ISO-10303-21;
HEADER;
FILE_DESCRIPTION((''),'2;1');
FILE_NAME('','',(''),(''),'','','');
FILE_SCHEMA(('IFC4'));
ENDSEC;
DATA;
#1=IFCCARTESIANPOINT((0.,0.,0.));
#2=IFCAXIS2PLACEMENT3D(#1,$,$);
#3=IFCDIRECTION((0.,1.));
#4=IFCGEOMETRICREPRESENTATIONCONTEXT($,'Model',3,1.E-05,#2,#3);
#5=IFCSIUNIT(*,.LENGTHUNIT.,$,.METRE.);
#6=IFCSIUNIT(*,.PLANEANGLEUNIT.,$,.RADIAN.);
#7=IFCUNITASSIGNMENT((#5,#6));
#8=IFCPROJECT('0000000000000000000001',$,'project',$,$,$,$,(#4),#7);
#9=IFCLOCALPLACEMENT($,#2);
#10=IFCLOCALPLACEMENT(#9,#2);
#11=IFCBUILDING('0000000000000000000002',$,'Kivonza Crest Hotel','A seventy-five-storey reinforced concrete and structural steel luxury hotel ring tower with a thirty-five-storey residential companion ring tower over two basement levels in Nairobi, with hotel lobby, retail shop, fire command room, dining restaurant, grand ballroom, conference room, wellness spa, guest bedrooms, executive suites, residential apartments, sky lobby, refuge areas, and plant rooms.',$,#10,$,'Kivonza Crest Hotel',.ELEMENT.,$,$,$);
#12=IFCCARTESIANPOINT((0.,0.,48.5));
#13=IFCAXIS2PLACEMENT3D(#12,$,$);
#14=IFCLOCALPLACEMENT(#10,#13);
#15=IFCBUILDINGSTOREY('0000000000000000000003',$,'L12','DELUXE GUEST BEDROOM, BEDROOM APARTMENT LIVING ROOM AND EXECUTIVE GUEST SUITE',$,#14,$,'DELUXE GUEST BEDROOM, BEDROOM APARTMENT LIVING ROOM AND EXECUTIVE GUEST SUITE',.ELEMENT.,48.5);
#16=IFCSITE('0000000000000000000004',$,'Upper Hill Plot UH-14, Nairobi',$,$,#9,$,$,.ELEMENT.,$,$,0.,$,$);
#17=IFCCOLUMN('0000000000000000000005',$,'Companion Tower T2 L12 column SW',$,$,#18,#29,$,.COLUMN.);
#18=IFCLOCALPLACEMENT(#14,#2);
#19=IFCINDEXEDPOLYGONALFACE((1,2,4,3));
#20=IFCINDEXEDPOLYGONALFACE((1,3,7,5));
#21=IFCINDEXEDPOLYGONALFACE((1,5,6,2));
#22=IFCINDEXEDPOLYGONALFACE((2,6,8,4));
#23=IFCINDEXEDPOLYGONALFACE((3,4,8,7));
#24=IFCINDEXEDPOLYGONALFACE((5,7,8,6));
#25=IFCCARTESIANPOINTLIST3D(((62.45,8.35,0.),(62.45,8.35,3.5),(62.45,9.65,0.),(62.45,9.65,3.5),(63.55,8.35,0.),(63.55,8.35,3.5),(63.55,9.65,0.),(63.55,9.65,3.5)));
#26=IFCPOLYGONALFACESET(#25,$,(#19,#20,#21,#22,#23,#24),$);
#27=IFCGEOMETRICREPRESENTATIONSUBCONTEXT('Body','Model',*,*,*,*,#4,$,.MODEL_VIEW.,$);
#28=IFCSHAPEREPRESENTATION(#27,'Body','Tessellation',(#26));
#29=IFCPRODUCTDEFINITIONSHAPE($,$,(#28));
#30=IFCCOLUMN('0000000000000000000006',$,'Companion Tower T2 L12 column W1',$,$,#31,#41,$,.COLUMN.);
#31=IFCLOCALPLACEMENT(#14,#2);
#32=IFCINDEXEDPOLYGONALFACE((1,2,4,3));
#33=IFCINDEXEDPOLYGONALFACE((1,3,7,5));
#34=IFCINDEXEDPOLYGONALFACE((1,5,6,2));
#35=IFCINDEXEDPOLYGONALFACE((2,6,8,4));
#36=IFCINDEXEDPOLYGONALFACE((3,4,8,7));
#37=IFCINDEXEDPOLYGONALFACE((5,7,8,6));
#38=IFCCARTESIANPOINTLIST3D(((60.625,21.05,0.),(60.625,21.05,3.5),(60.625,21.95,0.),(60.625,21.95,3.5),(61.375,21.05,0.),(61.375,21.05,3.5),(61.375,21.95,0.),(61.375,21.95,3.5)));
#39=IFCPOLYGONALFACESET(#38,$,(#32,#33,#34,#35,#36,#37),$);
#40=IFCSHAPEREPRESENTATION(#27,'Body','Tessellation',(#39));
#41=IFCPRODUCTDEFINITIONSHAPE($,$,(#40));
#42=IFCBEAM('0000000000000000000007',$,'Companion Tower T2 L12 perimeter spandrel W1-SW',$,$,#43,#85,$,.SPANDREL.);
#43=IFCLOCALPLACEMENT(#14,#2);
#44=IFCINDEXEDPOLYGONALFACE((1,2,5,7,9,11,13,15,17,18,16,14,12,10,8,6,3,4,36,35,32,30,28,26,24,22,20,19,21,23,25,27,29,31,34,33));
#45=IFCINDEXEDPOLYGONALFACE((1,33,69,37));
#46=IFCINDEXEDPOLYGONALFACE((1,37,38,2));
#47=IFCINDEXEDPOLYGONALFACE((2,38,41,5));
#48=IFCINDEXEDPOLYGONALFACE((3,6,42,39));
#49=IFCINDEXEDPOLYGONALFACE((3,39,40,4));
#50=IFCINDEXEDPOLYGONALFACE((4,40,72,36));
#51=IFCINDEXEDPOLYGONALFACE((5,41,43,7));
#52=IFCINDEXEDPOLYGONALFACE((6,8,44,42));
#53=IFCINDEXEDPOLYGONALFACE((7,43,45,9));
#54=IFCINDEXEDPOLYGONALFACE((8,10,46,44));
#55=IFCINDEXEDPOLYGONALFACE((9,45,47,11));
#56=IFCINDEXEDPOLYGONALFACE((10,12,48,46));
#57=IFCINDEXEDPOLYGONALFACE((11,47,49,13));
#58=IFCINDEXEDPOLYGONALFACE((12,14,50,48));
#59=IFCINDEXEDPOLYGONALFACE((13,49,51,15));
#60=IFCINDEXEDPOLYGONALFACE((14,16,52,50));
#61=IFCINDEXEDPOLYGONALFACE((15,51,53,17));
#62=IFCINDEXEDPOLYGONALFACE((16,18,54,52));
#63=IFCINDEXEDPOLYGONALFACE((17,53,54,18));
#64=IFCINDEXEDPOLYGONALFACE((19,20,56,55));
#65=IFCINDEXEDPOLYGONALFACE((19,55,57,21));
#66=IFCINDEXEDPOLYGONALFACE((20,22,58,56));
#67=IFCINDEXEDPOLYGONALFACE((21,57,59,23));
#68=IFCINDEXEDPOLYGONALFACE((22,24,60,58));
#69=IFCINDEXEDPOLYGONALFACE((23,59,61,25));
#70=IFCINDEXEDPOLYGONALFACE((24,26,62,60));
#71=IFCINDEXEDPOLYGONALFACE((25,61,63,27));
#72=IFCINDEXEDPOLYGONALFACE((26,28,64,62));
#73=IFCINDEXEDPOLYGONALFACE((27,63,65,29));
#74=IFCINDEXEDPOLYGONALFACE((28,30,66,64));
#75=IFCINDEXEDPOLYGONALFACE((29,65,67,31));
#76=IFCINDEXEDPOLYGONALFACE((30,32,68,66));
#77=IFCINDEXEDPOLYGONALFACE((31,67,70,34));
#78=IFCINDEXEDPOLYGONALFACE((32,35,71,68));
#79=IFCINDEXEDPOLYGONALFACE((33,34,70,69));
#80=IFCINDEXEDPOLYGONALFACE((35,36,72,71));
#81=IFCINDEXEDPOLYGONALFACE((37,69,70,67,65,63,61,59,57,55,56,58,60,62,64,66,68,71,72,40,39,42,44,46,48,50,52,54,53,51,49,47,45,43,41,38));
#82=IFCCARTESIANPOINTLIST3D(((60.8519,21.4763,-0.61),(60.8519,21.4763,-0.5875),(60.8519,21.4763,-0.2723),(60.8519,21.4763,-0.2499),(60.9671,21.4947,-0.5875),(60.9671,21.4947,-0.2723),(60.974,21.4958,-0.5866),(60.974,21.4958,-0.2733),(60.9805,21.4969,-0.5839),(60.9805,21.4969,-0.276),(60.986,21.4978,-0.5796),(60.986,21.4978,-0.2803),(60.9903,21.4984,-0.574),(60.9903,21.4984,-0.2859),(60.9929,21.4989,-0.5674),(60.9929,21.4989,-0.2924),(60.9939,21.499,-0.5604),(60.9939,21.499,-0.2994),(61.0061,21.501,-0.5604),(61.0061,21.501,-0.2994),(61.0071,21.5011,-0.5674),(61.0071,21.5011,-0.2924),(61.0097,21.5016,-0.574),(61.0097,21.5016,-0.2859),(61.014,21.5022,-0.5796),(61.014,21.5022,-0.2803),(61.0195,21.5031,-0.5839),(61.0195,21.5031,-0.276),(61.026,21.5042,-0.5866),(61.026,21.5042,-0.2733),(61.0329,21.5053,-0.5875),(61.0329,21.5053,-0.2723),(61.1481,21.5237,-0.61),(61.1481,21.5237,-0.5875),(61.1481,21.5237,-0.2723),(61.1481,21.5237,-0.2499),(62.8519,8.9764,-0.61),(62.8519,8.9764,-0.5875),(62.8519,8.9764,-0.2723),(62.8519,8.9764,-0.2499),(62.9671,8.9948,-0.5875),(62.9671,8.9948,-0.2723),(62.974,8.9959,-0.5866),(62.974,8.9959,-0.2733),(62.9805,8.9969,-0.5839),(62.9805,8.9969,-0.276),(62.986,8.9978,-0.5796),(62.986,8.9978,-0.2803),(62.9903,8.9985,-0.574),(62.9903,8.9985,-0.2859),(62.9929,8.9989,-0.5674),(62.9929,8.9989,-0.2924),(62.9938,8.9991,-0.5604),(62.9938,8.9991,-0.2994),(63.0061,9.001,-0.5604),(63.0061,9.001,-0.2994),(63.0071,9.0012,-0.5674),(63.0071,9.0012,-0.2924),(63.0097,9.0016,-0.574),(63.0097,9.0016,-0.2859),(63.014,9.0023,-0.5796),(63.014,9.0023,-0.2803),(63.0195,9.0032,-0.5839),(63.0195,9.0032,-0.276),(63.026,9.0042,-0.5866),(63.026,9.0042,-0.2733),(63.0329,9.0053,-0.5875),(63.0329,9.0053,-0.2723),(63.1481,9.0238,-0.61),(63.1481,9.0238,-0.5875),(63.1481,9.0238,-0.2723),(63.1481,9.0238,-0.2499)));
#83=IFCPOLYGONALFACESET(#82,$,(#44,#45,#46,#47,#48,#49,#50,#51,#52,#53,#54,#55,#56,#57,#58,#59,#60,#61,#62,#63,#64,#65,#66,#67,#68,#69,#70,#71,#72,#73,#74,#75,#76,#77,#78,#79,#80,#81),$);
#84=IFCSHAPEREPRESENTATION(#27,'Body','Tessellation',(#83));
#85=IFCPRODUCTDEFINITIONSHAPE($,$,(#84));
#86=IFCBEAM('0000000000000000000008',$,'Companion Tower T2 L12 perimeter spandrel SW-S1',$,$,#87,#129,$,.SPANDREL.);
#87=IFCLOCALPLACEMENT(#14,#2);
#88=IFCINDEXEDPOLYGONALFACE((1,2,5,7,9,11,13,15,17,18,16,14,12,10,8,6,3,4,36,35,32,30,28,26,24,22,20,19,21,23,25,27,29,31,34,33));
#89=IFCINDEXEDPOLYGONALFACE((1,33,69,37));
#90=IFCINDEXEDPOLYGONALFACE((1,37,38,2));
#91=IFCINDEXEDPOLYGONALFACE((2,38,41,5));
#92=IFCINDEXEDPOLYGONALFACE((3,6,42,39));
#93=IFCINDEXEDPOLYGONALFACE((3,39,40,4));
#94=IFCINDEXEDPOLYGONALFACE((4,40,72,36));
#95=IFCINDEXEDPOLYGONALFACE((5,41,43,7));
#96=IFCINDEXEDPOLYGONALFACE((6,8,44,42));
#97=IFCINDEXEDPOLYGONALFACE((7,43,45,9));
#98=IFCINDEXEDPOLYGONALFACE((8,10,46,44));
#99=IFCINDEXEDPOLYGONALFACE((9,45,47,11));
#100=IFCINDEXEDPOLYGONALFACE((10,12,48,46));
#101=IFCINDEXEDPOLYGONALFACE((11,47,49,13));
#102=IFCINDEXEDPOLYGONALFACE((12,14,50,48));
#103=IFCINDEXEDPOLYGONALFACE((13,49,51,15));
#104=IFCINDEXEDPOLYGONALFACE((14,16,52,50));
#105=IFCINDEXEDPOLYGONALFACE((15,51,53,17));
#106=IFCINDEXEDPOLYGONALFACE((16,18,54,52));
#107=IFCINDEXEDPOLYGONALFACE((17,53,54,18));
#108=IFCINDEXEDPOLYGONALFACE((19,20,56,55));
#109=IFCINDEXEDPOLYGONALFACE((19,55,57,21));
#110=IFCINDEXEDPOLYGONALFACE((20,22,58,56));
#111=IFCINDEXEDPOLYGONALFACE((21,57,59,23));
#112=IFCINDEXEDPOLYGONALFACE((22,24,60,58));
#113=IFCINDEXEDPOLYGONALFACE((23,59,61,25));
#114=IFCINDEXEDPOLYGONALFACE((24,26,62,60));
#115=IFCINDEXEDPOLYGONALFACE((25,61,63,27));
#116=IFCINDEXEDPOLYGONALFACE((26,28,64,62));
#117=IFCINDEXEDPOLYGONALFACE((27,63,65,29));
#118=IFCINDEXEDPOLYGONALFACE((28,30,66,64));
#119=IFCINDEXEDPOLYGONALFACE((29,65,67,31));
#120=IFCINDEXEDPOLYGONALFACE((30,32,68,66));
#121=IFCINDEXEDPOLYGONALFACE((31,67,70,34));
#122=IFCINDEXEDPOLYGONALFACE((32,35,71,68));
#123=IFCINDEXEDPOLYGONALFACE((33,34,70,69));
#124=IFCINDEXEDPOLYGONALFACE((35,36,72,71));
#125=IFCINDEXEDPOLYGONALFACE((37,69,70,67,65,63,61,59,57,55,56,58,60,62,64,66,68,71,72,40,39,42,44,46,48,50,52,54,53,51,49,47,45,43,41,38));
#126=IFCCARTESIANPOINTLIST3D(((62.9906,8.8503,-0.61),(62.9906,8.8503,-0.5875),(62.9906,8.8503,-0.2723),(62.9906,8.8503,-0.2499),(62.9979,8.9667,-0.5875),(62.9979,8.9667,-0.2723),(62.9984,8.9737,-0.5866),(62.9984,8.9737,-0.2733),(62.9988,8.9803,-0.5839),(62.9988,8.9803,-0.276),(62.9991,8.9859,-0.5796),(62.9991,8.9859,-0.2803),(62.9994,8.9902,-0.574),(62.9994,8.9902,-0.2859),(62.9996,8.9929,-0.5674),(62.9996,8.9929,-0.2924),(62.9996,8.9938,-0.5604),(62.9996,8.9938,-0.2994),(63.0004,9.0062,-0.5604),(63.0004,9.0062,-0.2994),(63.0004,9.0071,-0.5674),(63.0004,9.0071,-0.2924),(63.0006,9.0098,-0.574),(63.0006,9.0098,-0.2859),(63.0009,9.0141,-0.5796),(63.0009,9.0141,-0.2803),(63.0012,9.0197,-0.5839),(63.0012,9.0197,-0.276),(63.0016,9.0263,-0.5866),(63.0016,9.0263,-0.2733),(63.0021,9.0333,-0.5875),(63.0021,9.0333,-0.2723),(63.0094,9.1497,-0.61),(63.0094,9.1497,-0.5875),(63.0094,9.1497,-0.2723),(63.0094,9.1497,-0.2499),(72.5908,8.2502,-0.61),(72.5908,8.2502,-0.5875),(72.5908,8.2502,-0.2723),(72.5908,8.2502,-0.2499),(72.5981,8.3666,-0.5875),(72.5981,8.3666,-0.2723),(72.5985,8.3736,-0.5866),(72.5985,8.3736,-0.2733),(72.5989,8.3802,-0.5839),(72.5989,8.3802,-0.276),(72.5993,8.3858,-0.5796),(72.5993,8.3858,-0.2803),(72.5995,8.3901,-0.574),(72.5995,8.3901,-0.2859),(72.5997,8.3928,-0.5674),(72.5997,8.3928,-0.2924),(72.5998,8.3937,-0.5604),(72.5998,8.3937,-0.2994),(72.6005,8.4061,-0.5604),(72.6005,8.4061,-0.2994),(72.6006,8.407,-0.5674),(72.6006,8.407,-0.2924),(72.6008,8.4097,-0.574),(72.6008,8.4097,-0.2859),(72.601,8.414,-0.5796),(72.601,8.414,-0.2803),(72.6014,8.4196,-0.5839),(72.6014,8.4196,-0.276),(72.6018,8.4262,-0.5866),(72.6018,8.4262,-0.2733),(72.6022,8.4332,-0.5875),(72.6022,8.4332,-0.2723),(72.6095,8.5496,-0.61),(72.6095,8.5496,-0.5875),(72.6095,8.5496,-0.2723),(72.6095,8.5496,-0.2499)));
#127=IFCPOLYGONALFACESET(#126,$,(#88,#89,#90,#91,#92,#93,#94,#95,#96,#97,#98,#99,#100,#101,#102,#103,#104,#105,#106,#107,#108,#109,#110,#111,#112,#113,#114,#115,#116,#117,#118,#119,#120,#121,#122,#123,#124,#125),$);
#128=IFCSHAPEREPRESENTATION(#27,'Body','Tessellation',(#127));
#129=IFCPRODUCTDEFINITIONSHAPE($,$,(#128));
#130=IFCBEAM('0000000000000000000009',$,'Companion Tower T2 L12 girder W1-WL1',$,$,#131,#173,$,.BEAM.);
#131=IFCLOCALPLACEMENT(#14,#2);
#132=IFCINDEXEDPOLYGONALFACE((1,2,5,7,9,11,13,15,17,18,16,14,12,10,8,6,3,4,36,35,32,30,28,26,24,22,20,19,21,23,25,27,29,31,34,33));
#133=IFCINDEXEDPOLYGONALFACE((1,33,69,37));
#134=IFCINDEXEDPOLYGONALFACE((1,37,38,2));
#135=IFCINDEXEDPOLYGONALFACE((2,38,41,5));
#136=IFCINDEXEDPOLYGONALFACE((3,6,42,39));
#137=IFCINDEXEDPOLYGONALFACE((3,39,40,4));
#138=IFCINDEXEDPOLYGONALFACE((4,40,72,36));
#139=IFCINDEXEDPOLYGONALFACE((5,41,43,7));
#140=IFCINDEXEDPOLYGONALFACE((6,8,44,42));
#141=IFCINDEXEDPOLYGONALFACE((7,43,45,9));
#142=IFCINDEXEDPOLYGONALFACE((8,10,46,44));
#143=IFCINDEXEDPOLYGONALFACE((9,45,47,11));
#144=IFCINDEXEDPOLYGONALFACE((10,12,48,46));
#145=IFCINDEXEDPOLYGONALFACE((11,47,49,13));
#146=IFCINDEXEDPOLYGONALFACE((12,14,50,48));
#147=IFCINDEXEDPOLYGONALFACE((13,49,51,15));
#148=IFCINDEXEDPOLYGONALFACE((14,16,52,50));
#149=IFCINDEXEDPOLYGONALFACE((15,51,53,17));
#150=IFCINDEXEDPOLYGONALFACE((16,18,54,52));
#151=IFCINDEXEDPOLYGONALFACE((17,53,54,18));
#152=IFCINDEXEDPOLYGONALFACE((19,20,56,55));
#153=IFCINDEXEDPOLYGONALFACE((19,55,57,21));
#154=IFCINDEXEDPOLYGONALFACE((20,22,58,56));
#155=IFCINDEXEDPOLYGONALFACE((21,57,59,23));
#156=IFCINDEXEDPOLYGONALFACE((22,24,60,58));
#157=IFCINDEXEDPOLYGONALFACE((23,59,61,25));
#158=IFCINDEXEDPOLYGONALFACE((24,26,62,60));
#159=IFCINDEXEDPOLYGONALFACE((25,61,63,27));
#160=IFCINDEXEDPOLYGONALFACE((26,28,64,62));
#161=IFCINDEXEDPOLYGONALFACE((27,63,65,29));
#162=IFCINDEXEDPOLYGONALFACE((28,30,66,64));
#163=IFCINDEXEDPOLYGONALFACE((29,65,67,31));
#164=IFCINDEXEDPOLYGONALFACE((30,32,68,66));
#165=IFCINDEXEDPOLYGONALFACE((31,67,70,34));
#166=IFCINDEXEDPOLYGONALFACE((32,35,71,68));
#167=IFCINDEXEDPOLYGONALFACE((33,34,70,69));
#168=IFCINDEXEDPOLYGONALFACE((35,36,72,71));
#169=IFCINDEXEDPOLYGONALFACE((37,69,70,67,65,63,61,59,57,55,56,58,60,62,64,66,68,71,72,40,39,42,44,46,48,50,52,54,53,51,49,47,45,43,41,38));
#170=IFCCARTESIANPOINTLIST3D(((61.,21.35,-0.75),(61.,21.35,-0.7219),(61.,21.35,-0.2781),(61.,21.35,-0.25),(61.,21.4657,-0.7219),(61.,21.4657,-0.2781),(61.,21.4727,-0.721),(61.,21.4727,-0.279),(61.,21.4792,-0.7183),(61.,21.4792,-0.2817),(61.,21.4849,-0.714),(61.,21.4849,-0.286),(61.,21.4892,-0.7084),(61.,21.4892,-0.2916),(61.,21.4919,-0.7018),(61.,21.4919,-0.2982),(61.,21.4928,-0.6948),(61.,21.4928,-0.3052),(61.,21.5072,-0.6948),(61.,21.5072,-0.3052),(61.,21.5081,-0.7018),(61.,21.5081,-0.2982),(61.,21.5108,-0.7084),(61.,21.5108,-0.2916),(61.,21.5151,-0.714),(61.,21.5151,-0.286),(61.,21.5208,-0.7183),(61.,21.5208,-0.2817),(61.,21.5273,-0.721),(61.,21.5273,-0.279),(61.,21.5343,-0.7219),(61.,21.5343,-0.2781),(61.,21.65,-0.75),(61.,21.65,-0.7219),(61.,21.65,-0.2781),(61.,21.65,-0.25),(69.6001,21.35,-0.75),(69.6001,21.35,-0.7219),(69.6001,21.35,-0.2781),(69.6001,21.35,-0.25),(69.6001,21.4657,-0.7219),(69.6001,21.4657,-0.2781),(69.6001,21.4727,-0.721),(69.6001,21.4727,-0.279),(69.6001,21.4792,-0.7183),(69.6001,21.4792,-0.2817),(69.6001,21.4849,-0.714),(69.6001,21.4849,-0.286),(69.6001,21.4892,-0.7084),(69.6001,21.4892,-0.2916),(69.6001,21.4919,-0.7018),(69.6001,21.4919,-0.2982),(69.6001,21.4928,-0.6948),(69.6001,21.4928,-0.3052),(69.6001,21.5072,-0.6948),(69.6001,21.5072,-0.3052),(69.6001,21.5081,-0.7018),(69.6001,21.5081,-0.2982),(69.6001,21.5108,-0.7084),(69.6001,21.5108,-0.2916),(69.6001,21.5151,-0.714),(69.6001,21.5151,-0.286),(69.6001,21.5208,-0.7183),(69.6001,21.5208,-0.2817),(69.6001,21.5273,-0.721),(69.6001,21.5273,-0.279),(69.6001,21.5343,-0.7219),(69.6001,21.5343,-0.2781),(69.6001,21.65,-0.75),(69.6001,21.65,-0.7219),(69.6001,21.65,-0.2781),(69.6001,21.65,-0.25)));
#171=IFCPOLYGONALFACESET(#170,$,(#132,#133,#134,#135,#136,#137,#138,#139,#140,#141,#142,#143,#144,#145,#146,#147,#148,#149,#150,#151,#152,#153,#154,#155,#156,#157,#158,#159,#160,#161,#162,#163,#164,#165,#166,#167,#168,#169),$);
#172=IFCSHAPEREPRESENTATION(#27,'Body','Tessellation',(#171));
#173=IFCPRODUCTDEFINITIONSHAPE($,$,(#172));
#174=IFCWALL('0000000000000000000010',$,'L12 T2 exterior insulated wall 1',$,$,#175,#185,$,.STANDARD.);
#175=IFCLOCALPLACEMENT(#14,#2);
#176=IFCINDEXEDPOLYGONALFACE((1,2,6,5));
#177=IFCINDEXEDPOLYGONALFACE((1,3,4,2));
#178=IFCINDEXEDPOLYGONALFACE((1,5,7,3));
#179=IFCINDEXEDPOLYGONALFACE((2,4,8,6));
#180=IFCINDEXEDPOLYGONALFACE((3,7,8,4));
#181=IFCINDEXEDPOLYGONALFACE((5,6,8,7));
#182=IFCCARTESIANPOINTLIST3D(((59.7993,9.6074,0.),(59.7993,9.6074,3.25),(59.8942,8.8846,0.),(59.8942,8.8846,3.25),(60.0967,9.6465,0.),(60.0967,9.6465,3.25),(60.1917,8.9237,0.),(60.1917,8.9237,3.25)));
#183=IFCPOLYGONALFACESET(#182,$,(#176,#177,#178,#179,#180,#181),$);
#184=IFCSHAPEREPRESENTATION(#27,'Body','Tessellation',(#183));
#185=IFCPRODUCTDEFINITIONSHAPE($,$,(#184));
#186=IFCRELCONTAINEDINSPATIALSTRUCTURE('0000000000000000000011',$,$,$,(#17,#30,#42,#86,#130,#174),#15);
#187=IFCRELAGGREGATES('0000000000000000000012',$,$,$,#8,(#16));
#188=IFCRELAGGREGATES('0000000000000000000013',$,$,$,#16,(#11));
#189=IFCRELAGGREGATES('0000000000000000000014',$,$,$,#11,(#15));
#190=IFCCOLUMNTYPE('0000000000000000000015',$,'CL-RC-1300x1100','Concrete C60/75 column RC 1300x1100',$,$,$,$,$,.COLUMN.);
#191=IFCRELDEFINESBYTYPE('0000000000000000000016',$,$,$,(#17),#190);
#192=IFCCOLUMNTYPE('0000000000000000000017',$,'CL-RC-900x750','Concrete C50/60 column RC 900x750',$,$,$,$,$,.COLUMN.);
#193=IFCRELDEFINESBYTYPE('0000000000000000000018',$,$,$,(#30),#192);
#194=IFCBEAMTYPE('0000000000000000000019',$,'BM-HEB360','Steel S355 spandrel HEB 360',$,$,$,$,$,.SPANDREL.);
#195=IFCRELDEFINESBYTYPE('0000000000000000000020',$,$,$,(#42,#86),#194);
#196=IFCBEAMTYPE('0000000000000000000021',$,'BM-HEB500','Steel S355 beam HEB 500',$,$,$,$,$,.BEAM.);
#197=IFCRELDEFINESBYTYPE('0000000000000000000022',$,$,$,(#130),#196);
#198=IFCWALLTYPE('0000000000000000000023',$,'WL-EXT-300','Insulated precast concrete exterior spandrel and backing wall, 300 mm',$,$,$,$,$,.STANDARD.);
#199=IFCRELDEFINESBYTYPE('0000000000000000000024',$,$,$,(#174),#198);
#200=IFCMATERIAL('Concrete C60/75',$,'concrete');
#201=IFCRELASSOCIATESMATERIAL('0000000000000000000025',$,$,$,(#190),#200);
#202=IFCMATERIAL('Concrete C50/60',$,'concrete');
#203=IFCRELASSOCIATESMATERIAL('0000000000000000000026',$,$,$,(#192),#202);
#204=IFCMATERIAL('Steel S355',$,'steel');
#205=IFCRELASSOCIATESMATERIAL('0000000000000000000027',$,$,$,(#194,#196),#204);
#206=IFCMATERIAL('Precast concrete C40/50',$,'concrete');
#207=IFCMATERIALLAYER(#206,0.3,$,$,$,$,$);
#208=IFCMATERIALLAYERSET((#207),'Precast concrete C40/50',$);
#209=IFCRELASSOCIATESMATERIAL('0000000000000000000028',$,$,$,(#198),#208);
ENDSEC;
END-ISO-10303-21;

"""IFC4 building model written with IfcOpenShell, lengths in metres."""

from ifc_helpers import new_model, si_unit, direction, frame, frame_2d, origin, origin_2d, place, context, subcontext, project, spatial, rectangle, i_section, extrude, material, layer, layer_set, material_profile, profile_set, type_object, element, save


model = new_model("IFC4")

# Units and contexts
model_context = context("Model", 3, precision=1e-05, world=origin(), true_north=direction((0.0, 1.0)))
body_context = subcontext(model_context, "Body", "Model", "MODEL_VIEW")
ifc_project = project(units=[si_unit("LENGTHUNIT", "METRE"), si_unit("PLANEANGLEUNIT", "RADIAN")], contexts=[model_context])

# Site, building, storey
site_placement = place(None, origin())
site = spatial("IfcSite", under=ifc_project, at=site_placement, Name="Upper Hill Plot UH-14, Nairobi", CompositionType="ELEMENT", RefElevation=0.0)
building_placement = place(site_placement, origin())
building = spatial("IfcBuilding", under=site, at=building_placement, Name="Kivonza Crest Hotel", Description="A seventy-five-storey reinforced concrete and structural steel luxury hotel ring tower with a thirty-five-storey residential companion ring tower over two basement levels in Nairobi, with hotel lobby, retail shop, fire command room, dining restaurant, grand ballroom, conference room, wellness spa, guest bedrooms, executive suites, residential apartments, sky lobby, refuge areas, and plant rooms.", LongName="Kivonza Crest Hotel", CompositionType="ELEMENT")
storey_placement = place(building_placement, frame((0.0, 0.0, 48.5)))
storey = spatial("IfcBuildingStorey", under=building, at=storey_placement, Name="L12", Description="DELUXE GUEST BEDROOM, BEDROOM APARTMENT LIVING ROOM AND EXECUTIVE GUEST SUITE", LongName="DELUXE GUEST BEDROOM, BEDROOM APARTMENT LIVING ROOM AND EXECUTIVE GUEST SUITE", CompositionType="ELEMENT", Elevation=48.5)

# Columns
ifc_material_1 = material(Name="Concrete C60/75", Category="concrete")
ifc_material_profile_1 = material_profile(ifc_material_1, rectangle(XDim=1.1001, YDim=1.3, at=origin_2d()), Name="RC 1300x1100")
ifc_profile_set_1 = profile_set([ifc_material_profile_1], Name="Concrete C60/75")
column_type_1 = type_object("IfcColumnType", Name="CL-RC-1300x1100", Description="Concrete C60/75 column RC 1300x1100", PredefinedType="COLUMN", material=ifc_profile_set_1)
column_1_placement = place(storey_placement, frame((63.0, 9.0, 0.0), z_axis=(0.0, 0.0, 1.0), x_axis=(1.0, 0.0, 0.0)))
element("IfcColumn", 1, at=column_1_placement, inside=storey, type_object=column_type_1, Name="Companion Tower T2 L12 column SW", PredefinedType="COLUMN", context=body_context, shape_type="SweptSolid", body=[
    extrude(rectangle(XDim=1.1001, YDim=1.3, at=origin_2d()), origin(), (0.0, 0.0, 1.0), 3.5),
])
ifc_material_2 = material(Name="Concrete C50/60", Category="concrete")
ifc_material_profile_2 = material_profile(ifc_material_2, rectangle(XDim=0.75, YDim=0.8999, at=origin_2d()), Name="RC 900x750")
ifc_profile_set_2 = profile_set([ifc_material_profile_2], Name="Concrete C50/60")
column_type_2 = type_object("IfcColumnType", Name="CL-RC-900x750", Description="Concrete C50/60 column RC 900x750", PredefinedType="COLUMN", material=ifc_profile_set_2)
column_2_placement = place(storey_placement, frame((61.0, 21.5, 0.0), z_axis=(0.0, 0.0, 1.0), x_axis=(1.0, 0.0, 0.0)))
element("IfcColumn", 2, at=column_2_placement, inside=storey, type_object=column_type_2, Name="Companion Tower T2 L12 column W1", PredefinedType="COLUMN", context=body_context, shape_type="SweptSolid", body=[
    extrude(rectangle(XDim=0.75, YDim=0.8999, at=origin_2d()), origin(), (0.0, 0.0, 1.0), 3.5),
])

# Beams
ifc_material_3 = material(Name="Steel S355", Category="steel")
ifc_material_profile_3 = material_profile(ifc_material_3, i_section(OverallWidth=0.3, OverallDepth=0.3601, WebThickness=0.0125, FlangeThickness=0.0225, FilletRadius=0.0271, at=origin_2d()), Name="HEB 360")
ifc_profile_set_3 = profile_set([ifc_material_profile_3], Name="Steel S355")
beam_type_1 = type_object("IfcBeamType", Name="BM-HEB360", Description="Steel S355 spandrel HEB 360", PredefinedType="SPANDREL", material=ifc_profile_set_3)
beam_1_placement = place(storey_placement, frame((61.0, 21.5, -0.4299), z_axis=(0.157991, -0.987441, 0.0), x_axis=(0.987441, 0.157991, 0.0)))
element("IfcBeam", 3, at=beam_1_placement, inside=storey, type_object=beam_type_1, Name="Companion Tower T2 L12 perimeter spandrel W1-SW", PredefinedType="SPANDREL", context=body_context, shape_type="SweptSolid", body=[
    extrude(i_section(OverallWidth=0.3, OverallDepth=0.3601, WebThickness=0.0125, FlangeThickness=0.0225, FilletRadius=0.0271, at=origin_2d()), origin(), (0.0, 0.0, 1.0), 12.6589),
])
beam_2_placement = place(storey_placement, frame((63.0, 9.0, -0.4299), z_axis=(0.998052, -0.062388, 0.0), x_axis=(0.062388, 0.998052, 0.0)))
element("IfcBeam", 4, at=beam_2_placement, inside=storey, type_object=beam_type_1, Name="Companion Tower T2 L12 perimeter spandrel SW-S1", PredefinedType="SPANDREL", context=body_context, shape_type="SweptSolid", body=[
    extrude(i_section(OverallWidth=0.3, OverallDepth=0.3601, WebThickness=0.0125, FlangeThickness=0.0225, FilletRadius=0.0271, at=origin_2d()), origin(), (0.0, 0.0, 1.0), 9.6189),
])
ifc_material_profile_4 = material_profile(ifc_material_3, i_section(OverallWidth=0.3, OverallDepth=0.5, WebThickness=0.0144, FlangeThickness=0.0281, FilletRadius=0.0271, at=origin_2d()), Name="HEB 500")
ifc_profile_set_4 = profile_set([ifc_material_profile_4], Name="Steel S355")
beam_type_2 = type_object("IfcBeamType", Name="BM-HEB500", Description="Steel S355 beam HEB 500", PredefinedType="BEAM", material=ifc_profile_set_4)
beam_3_placement = place(storey_placement, frame((61.0, 21.5, -0.5), z_axis=(1.0, 0.0, 0.0), x_axis=(0.0, 1.0, 0.0)))
element("IfcBeam", 5, at=beam_3_placement, inside=storey, type_object=beam_type_2, Name="Companion Tower T2 L12 girder W1-WL1", PredefinedType="BEAM", context=body_context, shape_type="SweptSolid", body=[
    extrude(i_section(OverallWidth=0.3, OverallDepth=0.5, WebThickness=0.0144, FlangeThickness=0.0281, FilletRadius=0.0271, at=origin_2d()), origin(), (0.0, 0.0, 1.0), 8.6001),
])

# Wall
ifc_material_4 = material(Name="Precast concrete C40/50", Category="concrete")
ifc_layer_1 = layer(ifc_material_4, 0.3)
ifc_layer_set_1 = layer_set([ifc_layer_1], Name="Precast concrete C40/50")
wall_type_1 = type_object("IfcWallType", Name="WL-EXT-300", Description="Insulated precast concrete exterior spandrel and backing wall, 300 mm", PredefinedType="STANDARD", material=ifc_layer_set_1)
wall_1_placement = place(storey_placement, frame((59.948, 9.627, 0.0), z_axis=(0.0, 0.0, 1.0), x_axis=(0.130255, -0.99148, 0.0)))
element("IfcWall", 6, at=wall_1_placement, inside=storey, type_object=wall_type_1, Name="L12 T2 exterior insulated wall 1", PredefinedType="STANDARD", context=body_context, shape_type="SweptSolid", body=[
    extrude(rectangle(XDim=0.729, YDim=0.3, at=frame_2d((0.3645, 0.0))), origin(), (0.0, 0.0, 1.0), 3.25),
])

save(model, "model.ifc")
